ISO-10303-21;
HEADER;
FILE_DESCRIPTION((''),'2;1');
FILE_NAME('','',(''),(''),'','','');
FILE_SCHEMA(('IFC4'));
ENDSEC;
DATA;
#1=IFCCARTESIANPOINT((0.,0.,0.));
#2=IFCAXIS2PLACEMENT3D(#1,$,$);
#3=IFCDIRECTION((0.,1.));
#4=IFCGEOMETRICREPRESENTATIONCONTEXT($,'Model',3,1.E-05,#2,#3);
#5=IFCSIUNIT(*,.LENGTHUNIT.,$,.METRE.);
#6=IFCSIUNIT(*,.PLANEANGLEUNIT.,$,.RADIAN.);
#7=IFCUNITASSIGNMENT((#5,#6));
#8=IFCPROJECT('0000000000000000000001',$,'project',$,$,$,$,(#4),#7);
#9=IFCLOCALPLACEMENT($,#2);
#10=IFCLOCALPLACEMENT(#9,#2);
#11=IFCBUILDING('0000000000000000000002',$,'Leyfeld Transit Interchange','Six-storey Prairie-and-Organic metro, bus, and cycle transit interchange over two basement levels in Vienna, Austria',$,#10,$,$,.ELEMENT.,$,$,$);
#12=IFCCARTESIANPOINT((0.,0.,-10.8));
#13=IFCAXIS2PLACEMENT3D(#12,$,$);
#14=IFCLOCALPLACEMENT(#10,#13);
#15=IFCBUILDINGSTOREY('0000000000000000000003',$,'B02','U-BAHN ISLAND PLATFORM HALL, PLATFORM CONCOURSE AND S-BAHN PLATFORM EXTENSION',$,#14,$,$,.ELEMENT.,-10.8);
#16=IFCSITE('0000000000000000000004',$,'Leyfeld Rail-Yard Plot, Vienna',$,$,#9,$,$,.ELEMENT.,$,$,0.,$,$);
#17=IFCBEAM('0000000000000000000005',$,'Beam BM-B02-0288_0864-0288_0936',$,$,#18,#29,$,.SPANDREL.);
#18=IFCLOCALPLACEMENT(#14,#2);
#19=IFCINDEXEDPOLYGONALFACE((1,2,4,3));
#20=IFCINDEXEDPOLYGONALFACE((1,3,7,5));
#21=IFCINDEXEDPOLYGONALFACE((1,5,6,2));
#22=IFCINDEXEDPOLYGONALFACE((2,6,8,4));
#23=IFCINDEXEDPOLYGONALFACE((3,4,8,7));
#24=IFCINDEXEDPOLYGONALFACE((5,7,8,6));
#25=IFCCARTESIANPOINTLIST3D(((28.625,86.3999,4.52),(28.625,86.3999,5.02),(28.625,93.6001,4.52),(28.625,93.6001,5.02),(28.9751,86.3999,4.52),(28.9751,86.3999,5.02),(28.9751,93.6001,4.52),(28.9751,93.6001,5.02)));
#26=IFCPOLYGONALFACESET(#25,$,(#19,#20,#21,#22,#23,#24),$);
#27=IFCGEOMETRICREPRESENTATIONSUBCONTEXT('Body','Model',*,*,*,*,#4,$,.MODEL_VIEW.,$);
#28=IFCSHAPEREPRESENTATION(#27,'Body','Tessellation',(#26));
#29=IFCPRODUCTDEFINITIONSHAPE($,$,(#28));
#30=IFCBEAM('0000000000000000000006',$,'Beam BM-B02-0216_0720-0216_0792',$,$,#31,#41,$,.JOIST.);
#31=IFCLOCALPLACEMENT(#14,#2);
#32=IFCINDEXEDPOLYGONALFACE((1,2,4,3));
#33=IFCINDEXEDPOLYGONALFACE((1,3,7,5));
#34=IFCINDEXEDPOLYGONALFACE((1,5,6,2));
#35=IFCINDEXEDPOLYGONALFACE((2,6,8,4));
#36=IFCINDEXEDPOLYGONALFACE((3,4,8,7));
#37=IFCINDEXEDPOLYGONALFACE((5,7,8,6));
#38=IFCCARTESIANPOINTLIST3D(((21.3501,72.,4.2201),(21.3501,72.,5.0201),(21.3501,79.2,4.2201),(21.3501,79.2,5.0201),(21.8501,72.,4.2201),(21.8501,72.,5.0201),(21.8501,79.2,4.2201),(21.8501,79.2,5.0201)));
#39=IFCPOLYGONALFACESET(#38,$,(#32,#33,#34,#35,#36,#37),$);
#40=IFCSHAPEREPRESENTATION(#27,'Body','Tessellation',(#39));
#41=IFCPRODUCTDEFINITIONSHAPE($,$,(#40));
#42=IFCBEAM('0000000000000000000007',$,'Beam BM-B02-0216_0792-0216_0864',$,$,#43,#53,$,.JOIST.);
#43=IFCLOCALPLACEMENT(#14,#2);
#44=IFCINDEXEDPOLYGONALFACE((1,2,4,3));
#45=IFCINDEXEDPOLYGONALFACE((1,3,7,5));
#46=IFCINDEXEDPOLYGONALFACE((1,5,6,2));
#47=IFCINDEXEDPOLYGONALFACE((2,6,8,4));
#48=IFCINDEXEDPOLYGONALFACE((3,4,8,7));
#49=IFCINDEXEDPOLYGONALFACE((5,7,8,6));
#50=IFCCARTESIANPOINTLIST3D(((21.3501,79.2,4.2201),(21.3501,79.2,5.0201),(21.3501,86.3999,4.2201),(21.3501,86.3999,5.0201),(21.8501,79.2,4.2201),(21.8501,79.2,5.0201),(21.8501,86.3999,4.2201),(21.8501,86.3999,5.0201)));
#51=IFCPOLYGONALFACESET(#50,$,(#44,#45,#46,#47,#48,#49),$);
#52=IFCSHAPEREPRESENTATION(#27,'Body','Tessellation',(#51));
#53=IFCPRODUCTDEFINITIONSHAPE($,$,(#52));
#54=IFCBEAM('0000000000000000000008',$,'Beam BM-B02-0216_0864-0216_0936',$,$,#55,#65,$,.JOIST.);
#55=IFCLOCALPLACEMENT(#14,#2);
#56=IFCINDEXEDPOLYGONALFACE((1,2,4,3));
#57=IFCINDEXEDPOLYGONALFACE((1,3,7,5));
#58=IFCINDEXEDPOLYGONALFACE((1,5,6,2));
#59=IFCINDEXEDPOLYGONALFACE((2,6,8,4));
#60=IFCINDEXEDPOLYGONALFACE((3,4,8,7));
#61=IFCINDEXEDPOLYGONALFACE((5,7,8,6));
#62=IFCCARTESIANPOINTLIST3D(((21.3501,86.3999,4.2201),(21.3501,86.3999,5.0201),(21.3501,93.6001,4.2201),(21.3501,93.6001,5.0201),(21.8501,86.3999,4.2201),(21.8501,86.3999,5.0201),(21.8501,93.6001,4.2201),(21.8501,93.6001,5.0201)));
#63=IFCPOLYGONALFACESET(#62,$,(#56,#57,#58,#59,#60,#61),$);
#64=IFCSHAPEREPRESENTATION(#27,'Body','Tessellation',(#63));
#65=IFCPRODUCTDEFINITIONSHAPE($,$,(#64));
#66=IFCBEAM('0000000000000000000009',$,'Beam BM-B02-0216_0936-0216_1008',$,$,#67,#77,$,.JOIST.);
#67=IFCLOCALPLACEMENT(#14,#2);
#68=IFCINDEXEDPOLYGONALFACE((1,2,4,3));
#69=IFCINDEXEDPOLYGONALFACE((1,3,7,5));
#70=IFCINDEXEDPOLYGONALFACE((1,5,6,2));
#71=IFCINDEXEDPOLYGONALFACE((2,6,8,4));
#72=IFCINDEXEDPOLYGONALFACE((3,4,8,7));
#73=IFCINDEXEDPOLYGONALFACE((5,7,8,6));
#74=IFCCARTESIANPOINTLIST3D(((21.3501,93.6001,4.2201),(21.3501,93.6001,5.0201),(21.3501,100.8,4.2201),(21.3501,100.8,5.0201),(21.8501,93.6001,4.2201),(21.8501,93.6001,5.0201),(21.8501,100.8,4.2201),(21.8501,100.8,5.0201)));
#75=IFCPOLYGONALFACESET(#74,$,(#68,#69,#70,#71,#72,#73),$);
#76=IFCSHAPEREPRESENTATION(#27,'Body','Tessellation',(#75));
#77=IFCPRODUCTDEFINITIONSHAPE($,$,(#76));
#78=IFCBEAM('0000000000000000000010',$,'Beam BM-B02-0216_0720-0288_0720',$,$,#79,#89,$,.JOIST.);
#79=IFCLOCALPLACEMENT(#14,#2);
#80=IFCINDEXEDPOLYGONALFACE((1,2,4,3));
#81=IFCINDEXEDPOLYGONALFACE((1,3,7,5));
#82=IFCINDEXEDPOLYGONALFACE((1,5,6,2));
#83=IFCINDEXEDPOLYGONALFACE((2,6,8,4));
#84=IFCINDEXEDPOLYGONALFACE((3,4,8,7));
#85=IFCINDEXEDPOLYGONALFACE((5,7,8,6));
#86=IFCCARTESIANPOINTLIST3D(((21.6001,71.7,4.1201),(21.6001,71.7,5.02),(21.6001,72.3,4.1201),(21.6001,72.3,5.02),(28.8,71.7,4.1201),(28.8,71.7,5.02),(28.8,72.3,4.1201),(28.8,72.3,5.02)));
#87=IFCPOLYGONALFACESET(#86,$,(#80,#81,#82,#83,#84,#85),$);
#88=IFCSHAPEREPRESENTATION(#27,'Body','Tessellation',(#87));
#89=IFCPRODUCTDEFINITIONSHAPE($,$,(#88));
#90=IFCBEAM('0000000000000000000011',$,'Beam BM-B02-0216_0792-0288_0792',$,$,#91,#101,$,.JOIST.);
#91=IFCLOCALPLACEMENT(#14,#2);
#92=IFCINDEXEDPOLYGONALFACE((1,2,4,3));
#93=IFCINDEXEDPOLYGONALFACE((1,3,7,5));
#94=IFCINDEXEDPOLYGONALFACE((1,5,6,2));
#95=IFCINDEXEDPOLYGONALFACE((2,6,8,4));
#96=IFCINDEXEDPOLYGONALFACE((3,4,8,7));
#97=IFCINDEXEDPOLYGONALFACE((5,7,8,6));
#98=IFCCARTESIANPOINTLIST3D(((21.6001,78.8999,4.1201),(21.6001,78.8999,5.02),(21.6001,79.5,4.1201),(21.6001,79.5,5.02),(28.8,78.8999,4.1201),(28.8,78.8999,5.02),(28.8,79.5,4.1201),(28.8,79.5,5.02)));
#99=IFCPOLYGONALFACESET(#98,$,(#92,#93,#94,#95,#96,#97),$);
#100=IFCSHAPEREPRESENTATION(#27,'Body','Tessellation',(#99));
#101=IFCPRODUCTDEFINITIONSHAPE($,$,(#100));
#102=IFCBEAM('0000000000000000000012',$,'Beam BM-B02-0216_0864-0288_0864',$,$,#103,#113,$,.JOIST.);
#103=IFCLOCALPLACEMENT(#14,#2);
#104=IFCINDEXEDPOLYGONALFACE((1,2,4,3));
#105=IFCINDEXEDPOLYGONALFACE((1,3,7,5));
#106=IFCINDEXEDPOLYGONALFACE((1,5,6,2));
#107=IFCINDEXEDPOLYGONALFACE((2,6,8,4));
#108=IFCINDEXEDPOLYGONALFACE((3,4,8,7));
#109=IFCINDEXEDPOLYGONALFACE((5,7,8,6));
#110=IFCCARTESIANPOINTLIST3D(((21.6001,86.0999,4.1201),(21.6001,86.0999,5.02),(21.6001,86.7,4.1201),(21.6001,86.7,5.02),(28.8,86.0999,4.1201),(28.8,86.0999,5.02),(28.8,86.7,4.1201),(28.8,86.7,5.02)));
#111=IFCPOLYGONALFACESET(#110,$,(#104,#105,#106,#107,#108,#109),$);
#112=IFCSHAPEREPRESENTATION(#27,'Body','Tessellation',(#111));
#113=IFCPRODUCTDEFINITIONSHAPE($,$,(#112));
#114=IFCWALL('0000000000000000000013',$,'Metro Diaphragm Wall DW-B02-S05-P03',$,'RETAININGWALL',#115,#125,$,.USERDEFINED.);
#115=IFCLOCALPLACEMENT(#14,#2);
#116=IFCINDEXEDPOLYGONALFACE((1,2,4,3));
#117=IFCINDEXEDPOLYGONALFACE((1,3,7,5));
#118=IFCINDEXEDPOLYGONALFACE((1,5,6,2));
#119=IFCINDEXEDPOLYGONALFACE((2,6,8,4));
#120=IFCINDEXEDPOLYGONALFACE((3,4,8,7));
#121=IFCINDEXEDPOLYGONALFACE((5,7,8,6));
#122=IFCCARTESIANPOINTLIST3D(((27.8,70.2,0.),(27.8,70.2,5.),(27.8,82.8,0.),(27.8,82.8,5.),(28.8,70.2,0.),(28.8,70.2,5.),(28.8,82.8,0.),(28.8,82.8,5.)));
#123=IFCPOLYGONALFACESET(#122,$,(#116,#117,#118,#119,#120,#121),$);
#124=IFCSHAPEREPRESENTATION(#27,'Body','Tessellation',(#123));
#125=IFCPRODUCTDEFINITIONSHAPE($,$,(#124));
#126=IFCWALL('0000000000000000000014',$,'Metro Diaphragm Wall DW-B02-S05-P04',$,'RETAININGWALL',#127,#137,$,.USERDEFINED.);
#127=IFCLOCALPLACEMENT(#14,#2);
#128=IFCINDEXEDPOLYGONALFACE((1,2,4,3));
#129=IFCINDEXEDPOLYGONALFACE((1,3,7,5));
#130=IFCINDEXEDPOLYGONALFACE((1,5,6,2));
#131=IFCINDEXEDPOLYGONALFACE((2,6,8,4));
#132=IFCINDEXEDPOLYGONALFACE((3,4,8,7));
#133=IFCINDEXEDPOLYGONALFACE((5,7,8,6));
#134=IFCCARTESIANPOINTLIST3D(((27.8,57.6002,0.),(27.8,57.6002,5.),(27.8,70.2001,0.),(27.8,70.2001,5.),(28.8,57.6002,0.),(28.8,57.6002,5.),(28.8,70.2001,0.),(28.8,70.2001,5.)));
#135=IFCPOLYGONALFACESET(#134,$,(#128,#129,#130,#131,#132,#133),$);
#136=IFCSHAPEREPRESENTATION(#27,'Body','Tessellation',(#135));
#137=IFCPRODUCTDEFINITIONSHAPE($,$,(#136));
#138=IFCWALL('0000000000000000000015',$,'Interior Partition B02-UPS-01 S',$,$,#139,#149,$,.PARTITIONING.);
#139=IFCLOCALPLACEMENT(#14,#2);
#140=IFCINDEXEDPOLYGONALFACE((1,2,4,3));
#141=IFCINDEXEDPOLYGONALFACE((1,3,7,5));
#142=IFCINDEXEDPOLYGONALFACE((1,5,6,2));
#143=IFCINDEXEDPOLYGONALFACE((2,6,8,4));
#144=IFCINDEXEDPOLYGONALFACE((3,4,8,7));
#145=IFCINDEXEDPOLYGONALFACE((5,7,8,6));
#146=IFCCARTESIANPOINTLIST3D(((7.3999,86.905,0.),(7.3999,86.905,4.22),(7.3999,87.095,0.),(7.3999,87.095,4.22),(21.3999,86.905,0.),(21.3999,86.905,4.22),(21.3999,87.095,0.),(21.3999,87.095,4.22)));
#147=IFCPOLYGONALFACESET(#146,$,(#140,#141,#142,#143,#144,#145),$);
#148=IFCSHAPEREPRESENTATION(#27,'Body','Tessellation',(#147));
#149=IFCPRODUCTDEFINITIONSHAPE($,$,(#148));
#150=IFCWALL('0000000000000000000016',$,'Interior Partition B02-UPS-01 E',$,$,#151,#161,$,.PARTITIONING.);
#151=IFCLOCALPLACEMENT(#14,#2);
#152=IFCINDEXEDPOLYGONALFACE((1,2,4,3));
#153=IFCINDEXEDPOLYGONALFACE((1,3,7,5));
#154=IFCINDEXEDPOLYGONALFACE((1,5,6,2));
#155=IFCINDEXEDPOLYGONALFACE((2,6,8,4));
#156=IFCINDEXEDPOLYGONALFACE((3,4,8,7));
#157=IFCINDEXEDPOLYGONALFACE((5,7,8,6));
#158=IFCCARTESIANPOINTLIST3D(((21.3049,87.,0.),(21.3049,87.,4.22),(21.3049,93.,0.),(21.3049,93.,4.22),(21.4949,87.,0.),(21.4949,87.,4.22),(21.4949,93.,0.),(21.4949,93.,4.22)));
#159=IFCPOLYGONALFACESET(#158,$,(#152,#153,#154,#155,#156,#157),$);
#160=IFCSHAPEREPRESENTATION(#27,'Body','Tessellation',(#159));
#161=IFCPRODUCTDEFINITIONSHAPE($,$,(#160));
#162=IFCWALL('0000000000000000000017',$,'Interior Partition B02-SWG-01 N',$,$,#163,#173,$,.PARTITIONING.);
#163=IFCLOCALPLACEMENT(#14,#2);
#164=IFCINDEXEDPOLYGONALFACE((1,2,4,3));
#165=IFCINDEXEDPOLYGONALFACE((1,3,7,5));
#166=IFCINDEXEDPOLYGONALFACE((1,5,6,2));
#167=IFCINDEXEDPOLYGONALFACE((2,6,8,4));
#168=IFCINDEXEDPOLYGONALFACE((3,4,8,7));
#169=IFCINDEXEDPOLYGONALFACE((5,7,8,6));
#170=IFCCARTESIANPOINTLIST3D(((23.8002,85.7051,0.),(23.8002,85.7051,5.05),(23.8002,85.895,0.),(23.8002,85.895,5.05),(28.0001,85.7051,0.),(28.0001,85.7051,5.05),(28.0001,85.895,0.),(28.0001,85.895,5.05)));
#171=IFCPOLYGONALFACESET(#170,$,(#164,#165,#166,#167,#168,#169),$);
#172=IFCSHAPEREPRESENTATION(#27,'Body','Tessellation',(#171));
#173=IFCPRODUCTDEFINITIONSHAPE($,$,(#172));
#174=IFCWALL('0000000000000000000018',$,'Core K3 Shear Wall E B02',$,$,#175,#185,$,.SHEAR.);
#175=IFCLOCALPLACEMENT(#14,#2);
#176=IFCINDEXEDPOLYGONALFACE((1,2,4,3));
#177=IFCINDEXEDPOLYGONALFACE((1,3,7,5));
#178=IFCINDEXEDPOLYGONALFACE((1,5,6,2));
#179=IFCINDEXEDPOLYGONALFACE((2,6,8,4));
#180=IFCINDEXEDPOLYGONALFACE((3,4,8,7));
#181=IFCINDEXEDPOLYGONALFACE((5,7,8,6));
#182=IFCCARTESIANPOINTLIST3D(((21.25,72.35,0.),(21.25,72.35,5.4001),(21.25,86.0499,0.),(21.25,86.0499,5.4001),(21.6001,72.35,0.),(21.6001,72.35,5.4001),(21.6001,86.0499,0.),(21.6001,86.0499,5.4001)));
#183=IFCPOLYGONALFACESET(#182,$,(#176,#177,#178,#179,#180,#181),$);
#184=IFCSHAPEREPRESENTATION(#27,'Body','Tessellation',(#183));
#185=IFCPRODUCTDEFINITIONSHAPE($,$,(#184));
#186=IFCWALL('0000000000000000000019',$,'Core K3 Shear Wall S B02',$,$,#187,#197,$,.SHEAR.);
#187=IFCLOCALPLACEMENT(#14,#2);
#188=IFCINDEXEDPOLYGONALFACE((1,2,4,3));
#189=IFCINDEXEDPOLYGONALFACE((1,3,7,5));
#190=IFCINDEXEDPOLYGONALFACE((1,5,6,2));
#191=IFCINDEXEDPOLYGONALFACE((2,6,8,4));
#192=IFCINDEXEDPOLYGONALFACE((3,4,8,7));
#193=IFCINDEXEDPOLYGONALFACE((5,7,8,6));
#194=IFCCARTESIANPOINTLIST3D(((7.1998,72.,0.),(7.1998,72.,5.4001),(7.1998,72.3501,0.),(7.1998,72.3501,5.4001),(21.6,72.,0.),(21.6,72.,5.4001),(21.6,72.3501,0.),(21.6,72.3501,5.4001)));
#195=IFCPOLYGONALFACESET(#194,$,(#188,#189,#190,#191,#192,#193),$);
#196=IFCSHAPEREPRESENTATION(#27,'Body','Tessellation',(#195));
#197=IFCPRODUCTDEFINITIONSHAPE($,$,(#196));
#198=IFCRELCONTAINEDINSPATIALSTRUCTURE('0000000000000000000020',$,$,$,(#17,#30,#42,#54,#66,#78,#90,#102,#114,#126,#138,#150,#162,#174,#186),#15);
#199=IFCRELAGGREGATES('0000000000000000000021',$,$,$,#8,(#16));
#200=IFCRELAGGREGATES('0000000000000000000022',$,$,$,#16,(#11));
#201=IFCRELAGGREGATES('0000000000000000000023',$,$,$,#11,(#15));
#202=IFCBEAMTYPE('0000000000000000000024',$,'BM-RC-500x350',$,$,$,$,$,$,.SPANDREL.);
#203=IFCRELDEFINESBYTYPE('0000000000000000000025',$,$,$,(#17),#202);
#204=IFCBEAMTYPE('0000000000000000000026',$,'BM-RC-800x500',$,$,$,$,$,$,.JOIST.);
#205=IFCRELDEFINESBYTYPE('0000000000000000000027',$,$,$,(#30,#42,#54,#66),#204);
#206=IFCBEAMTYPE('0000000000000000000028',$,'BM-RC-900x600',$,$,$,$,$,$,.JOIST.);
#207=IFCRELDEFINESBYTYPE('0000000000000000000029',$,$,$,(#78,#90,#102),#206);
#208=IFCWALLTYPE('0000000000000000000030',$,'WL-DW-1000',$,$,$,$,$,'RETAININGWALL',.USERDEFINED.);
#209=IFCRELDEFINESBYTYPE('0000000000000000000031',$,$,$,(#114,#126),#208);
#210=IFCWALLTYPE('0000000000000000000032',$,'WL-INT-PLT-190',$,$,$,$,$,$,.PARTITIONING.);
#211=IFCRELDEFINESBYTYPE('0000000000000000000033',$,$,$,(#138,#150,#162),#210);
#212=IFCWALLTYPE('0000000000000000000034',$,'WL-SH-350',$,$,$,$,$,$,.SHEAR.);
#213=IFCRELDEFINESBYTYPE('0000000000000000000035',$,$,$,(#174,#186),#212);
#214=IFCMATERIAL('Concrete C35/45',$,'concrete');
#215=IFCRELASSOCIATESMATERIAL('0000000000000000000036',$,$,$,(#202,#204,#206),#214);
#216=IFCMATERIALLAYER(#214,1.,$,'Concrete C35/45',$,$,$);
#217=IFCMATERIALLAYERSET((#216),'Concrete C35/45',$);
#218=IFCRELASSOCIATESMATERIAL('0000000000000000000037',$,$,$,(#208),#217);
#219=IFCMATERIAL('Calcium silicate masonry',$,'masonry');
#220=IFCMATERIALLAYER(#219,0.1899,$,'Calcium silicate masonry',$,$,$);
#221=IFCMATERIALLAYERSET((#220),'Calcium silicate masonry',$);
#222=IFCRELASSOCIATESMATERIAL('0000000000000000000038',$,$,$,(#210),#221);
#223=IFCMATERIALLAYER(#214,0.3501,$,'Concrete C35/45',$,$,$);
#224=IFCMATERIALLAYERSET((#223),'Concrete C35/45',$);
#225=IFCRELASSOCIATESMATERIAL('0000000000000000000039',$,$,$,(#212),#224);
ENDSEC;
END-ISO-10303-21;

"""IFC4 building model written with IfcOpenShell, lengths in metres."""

from ifc_helpers import new_model, si_unit, direction, frame, frame_2d, origin, origin_2d, place, context, subcontext, project, spatial, rectangle, extrude, material, layer, layer_set, material_profile, profile_set, type_object, element, save


model = new_model("IFC4")

# Units and contexts
model_context = context("Model", 3, precision=1e-05, world=origin(), true_north=direction((0.0, 1.0)))
body_context = subcontext(model_context, "Body", "Model", "MODEL_VIEW")
ifc_project = project(units=[si_unit("LENGTHUNIT", "METRE"), si_unit("PLANEANGLEUNIT", "RADIAN")], contexts=[model_context])

# Site, building, storey
site_placement = place(None, origin())
site = spatial("IfcSite", under=ifc_project, at=site_placement, Name="Leyfeld Rail-Yard Plot, Vienna", CompositionType="ELEMENT", RefElevation=0.0)
building_placement = place(site_placement, origin())
building = spatial("IfcBuilding", under=site, at=building_placement, Name="Leyfeld Transit Interchange", Description="Six-storey Prairie-and-Organic metro, bus, and cycle transit interchange over two basement levels in Vienna, Austria", CompositionType="ELEMENT")
storey_placement = place(building_placement, frame((0.0, 0.0, -10.8)))
storey = spatial("IfcBuildingStorey", under=building, at=storey_placement, Name="B02", Description="U-BAHN ISLAND PLATFORM HALL, PLATFORM CONCOURSE AND S-BAHN PLATFORM EXTENSION", CompositionType="ELEMENT", Elevation=-10.8)

# Shared definitions
ifc_material_1 = material(Name="Concrete C35/45", Category="concrete")

# Beams
ifc_material_profile_1 = material_profile(ifc_material_1, rectangle(XDim=0.3501, YDim=0.5, at=origin_2d()), Name="RC 500x350")
ifc_profile_set_1 = profile_set([ifc_material_profile_1], Name="Concrete C35/45")
beam_type_1 = type_object("IfcBeamType", Name="BM-RC-500x350", PredefinedType="SPANDREL", material=ifc_profile_set_1)
beam_1_placement = place(storey_placement, frame((28.8, 86.3999, 4.77), z_axis=(0.0, 1.0, 0.0), x_axis=(-1.0, 0.0, 0.0)))
element("IfcBeam", 1, at=beam_1_placement, inside=storey, type_object=beam_type_1, Name="Beam BM-B02-0288_0864-0288_0936", PredefinedType="SPANDREL", context=body_context, shape_type="SweptSolid", body=[
    extrude(rectangle(XDim=0.3501, YDim=0.5, at=origin_2d()), origin(), (0.0, 0.0, 1.0), 7.2002),
])
ifc_material_profile_2 = material_profile(ifc_material_1, rectangle(XDim=0.5, YDim=0.8, at=origin_2d()), Name="RC 800x500")
ifc_profile_set_2 = profile_set([ifc_material_profile_2], Name="Concrete C35/45")
beam_type_2 = type_object("IfcBeamType", Name="BM-RC-800x500", PredefinedType="JOIST", material=ifc_profile_set_2)
for number, where, z_axis, x_axis, name in (
    (2, (21.6001, 72.0, 4.6201), (0.0, 1.0, 0.0), (-1.0, 0.0, 0.0), "Beam BM-B02-0216_0720-0216_0792"),
    (3, (21.6001, 79.2, 4.6201), (0.0, 1.0, 0.0), (-1.0, 0.0, 0.0), "Beam BM-B02-0216_0792-0216_0864"),
):
    element("IfcBeam", number, at=place(storey_placement, frame(where, z_axis=z_axis, x_axis=x_axis)), inside=storey, type_object=beam_type_2, Name=name, PredefinedType="JOIST", context=body_context, shape_type="SweptSolid", body=[
        extrude(rectangle(XDim=0.5, YDim=0.8, at=origin_2d()), origin(), (0.0, 0.0, 1.0), 7.2),
    ])
beam_2_placement = place(storey_placement, frame((21.6001, 86.3999, 4.6201), z_axis=(0.0, 1.0, 0.0), x_axis=(-1.0, 0.0, 0.0)))
element("IfcBeam", 4, at=beam_2_placement, inside=storey, type_object=beam_type_2, Name="Beam BM-B02-0216_0864-0216_0936", PredefinedType="JOIST", context=body_context, shape_type="SweptSolid", body=[
    extrude(rectangle(XDim=0.5, YDim=0.8, at=origin_2d()), origin(), (0.0, 0.0, 1.0), 7.2002),
])
beam_3_placement = place(storey_placement, frame((21.6001, 93.6001, 4.6201), z_axis=(0.0, 1.0, 0.0), x_axis=(-1.0, 0.0, 0.0)))
element("IfcBeam", 5, at=beam_3_placement, inside=storey, type_object=beam_type_2, Name="Beam BM-B02-0216_0936-0216_1008", PredefinedType="JOIST", context=body_context, shape_type="SweptSolid", body=[
    extrude(rectangle(XDim=0.5, YDim=0.8, at=origin_2d()), origin(), (0.0, 0.0, 1.0), 7.2),
])
ifc_material_profile_3 = material_profile(ifc_material_1, rectangle(XDim=0.6001, YDim=0.8999, at=origin_2d()), Name="RC 900x600")
ifc_profile_set_3 = profile_set([ifc_material_profile_3], Name="Concrete C35/45")
beam_type_3 = type_object("IfcBeamType", Name="BM-RC-900x600", PredefinedType="JOIST", material=ifc_profile_set_3)
for number, where, z_axis, x_axis, name in (
    (6, (21.6001, 72.0, 4.5701), (1.0, 0.0, 0.0), (0.0, 1.0, 0.0), "Beam BM-B02-0216_0720-0288_0720"),
    (7, (21.6001, 79.2, 4.5701), (1.0, 0.0, 0.0), (0.0, 1.0, 0.0), "Beam BM-B02-0216_0792-0288_0792"),
    (8, (21.6001, 86.3999, 4.5701), (1.0, 0.0, 0.0), (0.0, 1.0, 0.0), "Beam BM-B02-0216_0864-0288_0864"),
):
    element("IfcBeam", number, at=place(storey_placement, frame(where, z_axis=z_axis, x_axis=x_axis)), inside=storey, type_object=beam_type_3, Name=name, PredefinedType="JOIST", context=body_context, shape_type="SweptSolid", body=[
        extrude(rectangle(XDim=0.6001, YDim=0.8999, at=origin_2d()), origin(), (0.0, 0.0, 1.0), 7.2),
    ])

# Walls
ifc_layer_1 = layer(ifc_material_1, 1.0, Name="Concrete C35/45")
ifc_layer_set_1 = layer_set([ifc_layer_1], Name="Concrete C35/45")
wall_type_1 = type_object("IfcWallType", Name="WL-DW-1000", ElementType="RETAININGWALL", PredefinedType="USERDEFINED", material=ifc_layer_set_1)
wall_1_placement = place(storey_placement, frame((28.3, 82.8, 0.0), z_axis=(0.0, 0.0, 1.0), x_axis=(0.0, -1.0, 0.0)))
element("IfcWall", 9, at=wall_1_placement, inside=storey, type_object=wall_type_1, Name="Metro Diaphragm Wall DW-B02-S05-P03", ObjectType="RETAININGWALL", PredefinedType="USERDEFINED", context=body_context, shape_type="SweptSolid", body=[
    extrude(rectangle(XDim=12.6001, YDim=1.0, at=frame_2d((6.3, 0.0))), origin(), (0.0, 0.0, 1.0), 5.0),
])
wall_2_placement = place(storey_placement, frame((28.3, 70.2, 0.0), z_axis=(0.0, 0.0, 1.0), x_axis=(0.0, -1.0, 0.0)))
element("IfcWall", 10, at=wall_2_placement, inside=storey, type_object=wall_type_1, Name="Metro Diaphragm Wall DW-B02-S05-P04", ObjectType="RETAININGWALL", PredefinedType="USERDEFINED", context=body_context, shape_type="SweptSolid", body=[
    extrude(rectangle(XDim=12.5999, YDim=1.0, at=frame_2d((6.2998, 0.0))), origin(), (0.0, 0.0, 1.0), 5.0),
])
ifc_material_2 = material(Name="Calcium silicate masonry", Category="masonry")
ifc_layer_2 = layer(ifc_material_2, 0.1899, Name="Calcium silicate masonry")
ifc_layer_set_2 = layer_set([ifc_layer_2], Name="Calcium silicate masonry")
wall_type_2 = type_object("IfcWallType", Name="WL-INT-PLT-190", PredefinedType="PARTITIONING", material=ifc_layer_set_2)
wall_3_placement = place(storey_placement, frame((21.3999, 87.0, 0.0), z_axis=(0.0, 0.0, 1.0), x_axis=(-1.0, 0.0, 0.0)))
element("IfcWall", 11, at=wall_3_placement, inside=storey, type_object=wall_type_2, Name="Interior Partition B02-UPS-01 S", PredefinedType="PARTITIONING", context=body_context, shape_type="SweptSolid", body=[
    extrude(rectangle(XDim=14.0, YDim=0.1899, at=frame_2d((7.0, 0.0))), origin(), (0.0, 0.0, 1.0), 4.22),
])
wall_4_placement = place(storey_placement, frame((21.3999, 93.0, 0.0), z_axis=(0.0, 0.0, 1.0), x_axis=(0.0, -1.0, 0.0)))
element("IfcWall", 12, at=wall_4_placement, inside=storey, type_object=wall_type_2, Name="Interior Partition B02-UPS-01 E", PredefinedType="PARTITIONING", context=body_context, shape_type="SweptSolid", body=[
    extrude(rectangle(XDim=6.0, YDim=0.1899, at=frame_2d((3.0, 0.0))), origin(), (0.0, 0.0, 1.0), 4.22),
])
wall_5_placement = place(storey_placement, frame((23.8, 85.8, 0.0), z_axis=(0.0, 0.0, 1.0), x_axis=(1.0, 0.0, 0.0)))
element("IfcWall", 13, at=wall_5_placement, inside=storey, type_object=wall_type_2, Name="Interior Partition B02-SWG-01 N", PredefinedType="PARTITIONING", context=body_context, shape_type="SweptSolid", body=[
    extrude(rectangle(XDim=4.2, YDim=0.1899, at=frame_2d((2.1001, 0.0))), origin(), (0.0, 0.0, 1.0), 5.05),
])
ifc_layer_3 = layer(ifc_material_1, 0.3501, Name="Concrete C35/45")
ifc_layer_set_3 = layer_set([ifc_layer_3], Name="Concrete C35/45")
wall_type_3 = type_object("IfcWallType", Name="WL-SH-350", PredefinedType="SHEAR", material=ifc_layer_set_3)
wall_6_placement = place(storey_placement, frame((21.425, 86.05, 0.0), z_axis=(0.0, 0.0, 1.0), x_axis=(0.0, -1.0, 0.0)))
element("IfcWall", 14, at=wall_6_placement, inside=storey, type_object=wall_type_3, Name="Core K3 Shear Wall E B02", PredefinedType="SHEAR", context=body_context, shape_type="SweptSolid", body=[
    extrude(rectangle(XDim=13.7, YDim=0.3501, at=frame_2d((6.8501, 0.0))), origin(), (0.0, 0.0, 1.0), 5.4001),
])
wall_7_placement = place(storey_placement, frame((21.6001, 72.175, 0.0), z_axis=(0.0, 0.0, 1.0), x_axis=(-1.0, 0.0, 0.0)))
element("IfcWall", 15, at=wall_7_placement, inside=storey, type_object=wall_type_3, Name="Core K3 Shear Wall S B02", PredefinedType="SHEAR", context=body_context, shape_type="SweptSolid", body=[
    extrude(rectangle(XDim=14.4001, YDim=0.3501, at=frame_2d((7.2002, 0.0))), origin(), (0.0, 0.0, 1.0), 5.4001),
])

save(model, "model.ifc")
